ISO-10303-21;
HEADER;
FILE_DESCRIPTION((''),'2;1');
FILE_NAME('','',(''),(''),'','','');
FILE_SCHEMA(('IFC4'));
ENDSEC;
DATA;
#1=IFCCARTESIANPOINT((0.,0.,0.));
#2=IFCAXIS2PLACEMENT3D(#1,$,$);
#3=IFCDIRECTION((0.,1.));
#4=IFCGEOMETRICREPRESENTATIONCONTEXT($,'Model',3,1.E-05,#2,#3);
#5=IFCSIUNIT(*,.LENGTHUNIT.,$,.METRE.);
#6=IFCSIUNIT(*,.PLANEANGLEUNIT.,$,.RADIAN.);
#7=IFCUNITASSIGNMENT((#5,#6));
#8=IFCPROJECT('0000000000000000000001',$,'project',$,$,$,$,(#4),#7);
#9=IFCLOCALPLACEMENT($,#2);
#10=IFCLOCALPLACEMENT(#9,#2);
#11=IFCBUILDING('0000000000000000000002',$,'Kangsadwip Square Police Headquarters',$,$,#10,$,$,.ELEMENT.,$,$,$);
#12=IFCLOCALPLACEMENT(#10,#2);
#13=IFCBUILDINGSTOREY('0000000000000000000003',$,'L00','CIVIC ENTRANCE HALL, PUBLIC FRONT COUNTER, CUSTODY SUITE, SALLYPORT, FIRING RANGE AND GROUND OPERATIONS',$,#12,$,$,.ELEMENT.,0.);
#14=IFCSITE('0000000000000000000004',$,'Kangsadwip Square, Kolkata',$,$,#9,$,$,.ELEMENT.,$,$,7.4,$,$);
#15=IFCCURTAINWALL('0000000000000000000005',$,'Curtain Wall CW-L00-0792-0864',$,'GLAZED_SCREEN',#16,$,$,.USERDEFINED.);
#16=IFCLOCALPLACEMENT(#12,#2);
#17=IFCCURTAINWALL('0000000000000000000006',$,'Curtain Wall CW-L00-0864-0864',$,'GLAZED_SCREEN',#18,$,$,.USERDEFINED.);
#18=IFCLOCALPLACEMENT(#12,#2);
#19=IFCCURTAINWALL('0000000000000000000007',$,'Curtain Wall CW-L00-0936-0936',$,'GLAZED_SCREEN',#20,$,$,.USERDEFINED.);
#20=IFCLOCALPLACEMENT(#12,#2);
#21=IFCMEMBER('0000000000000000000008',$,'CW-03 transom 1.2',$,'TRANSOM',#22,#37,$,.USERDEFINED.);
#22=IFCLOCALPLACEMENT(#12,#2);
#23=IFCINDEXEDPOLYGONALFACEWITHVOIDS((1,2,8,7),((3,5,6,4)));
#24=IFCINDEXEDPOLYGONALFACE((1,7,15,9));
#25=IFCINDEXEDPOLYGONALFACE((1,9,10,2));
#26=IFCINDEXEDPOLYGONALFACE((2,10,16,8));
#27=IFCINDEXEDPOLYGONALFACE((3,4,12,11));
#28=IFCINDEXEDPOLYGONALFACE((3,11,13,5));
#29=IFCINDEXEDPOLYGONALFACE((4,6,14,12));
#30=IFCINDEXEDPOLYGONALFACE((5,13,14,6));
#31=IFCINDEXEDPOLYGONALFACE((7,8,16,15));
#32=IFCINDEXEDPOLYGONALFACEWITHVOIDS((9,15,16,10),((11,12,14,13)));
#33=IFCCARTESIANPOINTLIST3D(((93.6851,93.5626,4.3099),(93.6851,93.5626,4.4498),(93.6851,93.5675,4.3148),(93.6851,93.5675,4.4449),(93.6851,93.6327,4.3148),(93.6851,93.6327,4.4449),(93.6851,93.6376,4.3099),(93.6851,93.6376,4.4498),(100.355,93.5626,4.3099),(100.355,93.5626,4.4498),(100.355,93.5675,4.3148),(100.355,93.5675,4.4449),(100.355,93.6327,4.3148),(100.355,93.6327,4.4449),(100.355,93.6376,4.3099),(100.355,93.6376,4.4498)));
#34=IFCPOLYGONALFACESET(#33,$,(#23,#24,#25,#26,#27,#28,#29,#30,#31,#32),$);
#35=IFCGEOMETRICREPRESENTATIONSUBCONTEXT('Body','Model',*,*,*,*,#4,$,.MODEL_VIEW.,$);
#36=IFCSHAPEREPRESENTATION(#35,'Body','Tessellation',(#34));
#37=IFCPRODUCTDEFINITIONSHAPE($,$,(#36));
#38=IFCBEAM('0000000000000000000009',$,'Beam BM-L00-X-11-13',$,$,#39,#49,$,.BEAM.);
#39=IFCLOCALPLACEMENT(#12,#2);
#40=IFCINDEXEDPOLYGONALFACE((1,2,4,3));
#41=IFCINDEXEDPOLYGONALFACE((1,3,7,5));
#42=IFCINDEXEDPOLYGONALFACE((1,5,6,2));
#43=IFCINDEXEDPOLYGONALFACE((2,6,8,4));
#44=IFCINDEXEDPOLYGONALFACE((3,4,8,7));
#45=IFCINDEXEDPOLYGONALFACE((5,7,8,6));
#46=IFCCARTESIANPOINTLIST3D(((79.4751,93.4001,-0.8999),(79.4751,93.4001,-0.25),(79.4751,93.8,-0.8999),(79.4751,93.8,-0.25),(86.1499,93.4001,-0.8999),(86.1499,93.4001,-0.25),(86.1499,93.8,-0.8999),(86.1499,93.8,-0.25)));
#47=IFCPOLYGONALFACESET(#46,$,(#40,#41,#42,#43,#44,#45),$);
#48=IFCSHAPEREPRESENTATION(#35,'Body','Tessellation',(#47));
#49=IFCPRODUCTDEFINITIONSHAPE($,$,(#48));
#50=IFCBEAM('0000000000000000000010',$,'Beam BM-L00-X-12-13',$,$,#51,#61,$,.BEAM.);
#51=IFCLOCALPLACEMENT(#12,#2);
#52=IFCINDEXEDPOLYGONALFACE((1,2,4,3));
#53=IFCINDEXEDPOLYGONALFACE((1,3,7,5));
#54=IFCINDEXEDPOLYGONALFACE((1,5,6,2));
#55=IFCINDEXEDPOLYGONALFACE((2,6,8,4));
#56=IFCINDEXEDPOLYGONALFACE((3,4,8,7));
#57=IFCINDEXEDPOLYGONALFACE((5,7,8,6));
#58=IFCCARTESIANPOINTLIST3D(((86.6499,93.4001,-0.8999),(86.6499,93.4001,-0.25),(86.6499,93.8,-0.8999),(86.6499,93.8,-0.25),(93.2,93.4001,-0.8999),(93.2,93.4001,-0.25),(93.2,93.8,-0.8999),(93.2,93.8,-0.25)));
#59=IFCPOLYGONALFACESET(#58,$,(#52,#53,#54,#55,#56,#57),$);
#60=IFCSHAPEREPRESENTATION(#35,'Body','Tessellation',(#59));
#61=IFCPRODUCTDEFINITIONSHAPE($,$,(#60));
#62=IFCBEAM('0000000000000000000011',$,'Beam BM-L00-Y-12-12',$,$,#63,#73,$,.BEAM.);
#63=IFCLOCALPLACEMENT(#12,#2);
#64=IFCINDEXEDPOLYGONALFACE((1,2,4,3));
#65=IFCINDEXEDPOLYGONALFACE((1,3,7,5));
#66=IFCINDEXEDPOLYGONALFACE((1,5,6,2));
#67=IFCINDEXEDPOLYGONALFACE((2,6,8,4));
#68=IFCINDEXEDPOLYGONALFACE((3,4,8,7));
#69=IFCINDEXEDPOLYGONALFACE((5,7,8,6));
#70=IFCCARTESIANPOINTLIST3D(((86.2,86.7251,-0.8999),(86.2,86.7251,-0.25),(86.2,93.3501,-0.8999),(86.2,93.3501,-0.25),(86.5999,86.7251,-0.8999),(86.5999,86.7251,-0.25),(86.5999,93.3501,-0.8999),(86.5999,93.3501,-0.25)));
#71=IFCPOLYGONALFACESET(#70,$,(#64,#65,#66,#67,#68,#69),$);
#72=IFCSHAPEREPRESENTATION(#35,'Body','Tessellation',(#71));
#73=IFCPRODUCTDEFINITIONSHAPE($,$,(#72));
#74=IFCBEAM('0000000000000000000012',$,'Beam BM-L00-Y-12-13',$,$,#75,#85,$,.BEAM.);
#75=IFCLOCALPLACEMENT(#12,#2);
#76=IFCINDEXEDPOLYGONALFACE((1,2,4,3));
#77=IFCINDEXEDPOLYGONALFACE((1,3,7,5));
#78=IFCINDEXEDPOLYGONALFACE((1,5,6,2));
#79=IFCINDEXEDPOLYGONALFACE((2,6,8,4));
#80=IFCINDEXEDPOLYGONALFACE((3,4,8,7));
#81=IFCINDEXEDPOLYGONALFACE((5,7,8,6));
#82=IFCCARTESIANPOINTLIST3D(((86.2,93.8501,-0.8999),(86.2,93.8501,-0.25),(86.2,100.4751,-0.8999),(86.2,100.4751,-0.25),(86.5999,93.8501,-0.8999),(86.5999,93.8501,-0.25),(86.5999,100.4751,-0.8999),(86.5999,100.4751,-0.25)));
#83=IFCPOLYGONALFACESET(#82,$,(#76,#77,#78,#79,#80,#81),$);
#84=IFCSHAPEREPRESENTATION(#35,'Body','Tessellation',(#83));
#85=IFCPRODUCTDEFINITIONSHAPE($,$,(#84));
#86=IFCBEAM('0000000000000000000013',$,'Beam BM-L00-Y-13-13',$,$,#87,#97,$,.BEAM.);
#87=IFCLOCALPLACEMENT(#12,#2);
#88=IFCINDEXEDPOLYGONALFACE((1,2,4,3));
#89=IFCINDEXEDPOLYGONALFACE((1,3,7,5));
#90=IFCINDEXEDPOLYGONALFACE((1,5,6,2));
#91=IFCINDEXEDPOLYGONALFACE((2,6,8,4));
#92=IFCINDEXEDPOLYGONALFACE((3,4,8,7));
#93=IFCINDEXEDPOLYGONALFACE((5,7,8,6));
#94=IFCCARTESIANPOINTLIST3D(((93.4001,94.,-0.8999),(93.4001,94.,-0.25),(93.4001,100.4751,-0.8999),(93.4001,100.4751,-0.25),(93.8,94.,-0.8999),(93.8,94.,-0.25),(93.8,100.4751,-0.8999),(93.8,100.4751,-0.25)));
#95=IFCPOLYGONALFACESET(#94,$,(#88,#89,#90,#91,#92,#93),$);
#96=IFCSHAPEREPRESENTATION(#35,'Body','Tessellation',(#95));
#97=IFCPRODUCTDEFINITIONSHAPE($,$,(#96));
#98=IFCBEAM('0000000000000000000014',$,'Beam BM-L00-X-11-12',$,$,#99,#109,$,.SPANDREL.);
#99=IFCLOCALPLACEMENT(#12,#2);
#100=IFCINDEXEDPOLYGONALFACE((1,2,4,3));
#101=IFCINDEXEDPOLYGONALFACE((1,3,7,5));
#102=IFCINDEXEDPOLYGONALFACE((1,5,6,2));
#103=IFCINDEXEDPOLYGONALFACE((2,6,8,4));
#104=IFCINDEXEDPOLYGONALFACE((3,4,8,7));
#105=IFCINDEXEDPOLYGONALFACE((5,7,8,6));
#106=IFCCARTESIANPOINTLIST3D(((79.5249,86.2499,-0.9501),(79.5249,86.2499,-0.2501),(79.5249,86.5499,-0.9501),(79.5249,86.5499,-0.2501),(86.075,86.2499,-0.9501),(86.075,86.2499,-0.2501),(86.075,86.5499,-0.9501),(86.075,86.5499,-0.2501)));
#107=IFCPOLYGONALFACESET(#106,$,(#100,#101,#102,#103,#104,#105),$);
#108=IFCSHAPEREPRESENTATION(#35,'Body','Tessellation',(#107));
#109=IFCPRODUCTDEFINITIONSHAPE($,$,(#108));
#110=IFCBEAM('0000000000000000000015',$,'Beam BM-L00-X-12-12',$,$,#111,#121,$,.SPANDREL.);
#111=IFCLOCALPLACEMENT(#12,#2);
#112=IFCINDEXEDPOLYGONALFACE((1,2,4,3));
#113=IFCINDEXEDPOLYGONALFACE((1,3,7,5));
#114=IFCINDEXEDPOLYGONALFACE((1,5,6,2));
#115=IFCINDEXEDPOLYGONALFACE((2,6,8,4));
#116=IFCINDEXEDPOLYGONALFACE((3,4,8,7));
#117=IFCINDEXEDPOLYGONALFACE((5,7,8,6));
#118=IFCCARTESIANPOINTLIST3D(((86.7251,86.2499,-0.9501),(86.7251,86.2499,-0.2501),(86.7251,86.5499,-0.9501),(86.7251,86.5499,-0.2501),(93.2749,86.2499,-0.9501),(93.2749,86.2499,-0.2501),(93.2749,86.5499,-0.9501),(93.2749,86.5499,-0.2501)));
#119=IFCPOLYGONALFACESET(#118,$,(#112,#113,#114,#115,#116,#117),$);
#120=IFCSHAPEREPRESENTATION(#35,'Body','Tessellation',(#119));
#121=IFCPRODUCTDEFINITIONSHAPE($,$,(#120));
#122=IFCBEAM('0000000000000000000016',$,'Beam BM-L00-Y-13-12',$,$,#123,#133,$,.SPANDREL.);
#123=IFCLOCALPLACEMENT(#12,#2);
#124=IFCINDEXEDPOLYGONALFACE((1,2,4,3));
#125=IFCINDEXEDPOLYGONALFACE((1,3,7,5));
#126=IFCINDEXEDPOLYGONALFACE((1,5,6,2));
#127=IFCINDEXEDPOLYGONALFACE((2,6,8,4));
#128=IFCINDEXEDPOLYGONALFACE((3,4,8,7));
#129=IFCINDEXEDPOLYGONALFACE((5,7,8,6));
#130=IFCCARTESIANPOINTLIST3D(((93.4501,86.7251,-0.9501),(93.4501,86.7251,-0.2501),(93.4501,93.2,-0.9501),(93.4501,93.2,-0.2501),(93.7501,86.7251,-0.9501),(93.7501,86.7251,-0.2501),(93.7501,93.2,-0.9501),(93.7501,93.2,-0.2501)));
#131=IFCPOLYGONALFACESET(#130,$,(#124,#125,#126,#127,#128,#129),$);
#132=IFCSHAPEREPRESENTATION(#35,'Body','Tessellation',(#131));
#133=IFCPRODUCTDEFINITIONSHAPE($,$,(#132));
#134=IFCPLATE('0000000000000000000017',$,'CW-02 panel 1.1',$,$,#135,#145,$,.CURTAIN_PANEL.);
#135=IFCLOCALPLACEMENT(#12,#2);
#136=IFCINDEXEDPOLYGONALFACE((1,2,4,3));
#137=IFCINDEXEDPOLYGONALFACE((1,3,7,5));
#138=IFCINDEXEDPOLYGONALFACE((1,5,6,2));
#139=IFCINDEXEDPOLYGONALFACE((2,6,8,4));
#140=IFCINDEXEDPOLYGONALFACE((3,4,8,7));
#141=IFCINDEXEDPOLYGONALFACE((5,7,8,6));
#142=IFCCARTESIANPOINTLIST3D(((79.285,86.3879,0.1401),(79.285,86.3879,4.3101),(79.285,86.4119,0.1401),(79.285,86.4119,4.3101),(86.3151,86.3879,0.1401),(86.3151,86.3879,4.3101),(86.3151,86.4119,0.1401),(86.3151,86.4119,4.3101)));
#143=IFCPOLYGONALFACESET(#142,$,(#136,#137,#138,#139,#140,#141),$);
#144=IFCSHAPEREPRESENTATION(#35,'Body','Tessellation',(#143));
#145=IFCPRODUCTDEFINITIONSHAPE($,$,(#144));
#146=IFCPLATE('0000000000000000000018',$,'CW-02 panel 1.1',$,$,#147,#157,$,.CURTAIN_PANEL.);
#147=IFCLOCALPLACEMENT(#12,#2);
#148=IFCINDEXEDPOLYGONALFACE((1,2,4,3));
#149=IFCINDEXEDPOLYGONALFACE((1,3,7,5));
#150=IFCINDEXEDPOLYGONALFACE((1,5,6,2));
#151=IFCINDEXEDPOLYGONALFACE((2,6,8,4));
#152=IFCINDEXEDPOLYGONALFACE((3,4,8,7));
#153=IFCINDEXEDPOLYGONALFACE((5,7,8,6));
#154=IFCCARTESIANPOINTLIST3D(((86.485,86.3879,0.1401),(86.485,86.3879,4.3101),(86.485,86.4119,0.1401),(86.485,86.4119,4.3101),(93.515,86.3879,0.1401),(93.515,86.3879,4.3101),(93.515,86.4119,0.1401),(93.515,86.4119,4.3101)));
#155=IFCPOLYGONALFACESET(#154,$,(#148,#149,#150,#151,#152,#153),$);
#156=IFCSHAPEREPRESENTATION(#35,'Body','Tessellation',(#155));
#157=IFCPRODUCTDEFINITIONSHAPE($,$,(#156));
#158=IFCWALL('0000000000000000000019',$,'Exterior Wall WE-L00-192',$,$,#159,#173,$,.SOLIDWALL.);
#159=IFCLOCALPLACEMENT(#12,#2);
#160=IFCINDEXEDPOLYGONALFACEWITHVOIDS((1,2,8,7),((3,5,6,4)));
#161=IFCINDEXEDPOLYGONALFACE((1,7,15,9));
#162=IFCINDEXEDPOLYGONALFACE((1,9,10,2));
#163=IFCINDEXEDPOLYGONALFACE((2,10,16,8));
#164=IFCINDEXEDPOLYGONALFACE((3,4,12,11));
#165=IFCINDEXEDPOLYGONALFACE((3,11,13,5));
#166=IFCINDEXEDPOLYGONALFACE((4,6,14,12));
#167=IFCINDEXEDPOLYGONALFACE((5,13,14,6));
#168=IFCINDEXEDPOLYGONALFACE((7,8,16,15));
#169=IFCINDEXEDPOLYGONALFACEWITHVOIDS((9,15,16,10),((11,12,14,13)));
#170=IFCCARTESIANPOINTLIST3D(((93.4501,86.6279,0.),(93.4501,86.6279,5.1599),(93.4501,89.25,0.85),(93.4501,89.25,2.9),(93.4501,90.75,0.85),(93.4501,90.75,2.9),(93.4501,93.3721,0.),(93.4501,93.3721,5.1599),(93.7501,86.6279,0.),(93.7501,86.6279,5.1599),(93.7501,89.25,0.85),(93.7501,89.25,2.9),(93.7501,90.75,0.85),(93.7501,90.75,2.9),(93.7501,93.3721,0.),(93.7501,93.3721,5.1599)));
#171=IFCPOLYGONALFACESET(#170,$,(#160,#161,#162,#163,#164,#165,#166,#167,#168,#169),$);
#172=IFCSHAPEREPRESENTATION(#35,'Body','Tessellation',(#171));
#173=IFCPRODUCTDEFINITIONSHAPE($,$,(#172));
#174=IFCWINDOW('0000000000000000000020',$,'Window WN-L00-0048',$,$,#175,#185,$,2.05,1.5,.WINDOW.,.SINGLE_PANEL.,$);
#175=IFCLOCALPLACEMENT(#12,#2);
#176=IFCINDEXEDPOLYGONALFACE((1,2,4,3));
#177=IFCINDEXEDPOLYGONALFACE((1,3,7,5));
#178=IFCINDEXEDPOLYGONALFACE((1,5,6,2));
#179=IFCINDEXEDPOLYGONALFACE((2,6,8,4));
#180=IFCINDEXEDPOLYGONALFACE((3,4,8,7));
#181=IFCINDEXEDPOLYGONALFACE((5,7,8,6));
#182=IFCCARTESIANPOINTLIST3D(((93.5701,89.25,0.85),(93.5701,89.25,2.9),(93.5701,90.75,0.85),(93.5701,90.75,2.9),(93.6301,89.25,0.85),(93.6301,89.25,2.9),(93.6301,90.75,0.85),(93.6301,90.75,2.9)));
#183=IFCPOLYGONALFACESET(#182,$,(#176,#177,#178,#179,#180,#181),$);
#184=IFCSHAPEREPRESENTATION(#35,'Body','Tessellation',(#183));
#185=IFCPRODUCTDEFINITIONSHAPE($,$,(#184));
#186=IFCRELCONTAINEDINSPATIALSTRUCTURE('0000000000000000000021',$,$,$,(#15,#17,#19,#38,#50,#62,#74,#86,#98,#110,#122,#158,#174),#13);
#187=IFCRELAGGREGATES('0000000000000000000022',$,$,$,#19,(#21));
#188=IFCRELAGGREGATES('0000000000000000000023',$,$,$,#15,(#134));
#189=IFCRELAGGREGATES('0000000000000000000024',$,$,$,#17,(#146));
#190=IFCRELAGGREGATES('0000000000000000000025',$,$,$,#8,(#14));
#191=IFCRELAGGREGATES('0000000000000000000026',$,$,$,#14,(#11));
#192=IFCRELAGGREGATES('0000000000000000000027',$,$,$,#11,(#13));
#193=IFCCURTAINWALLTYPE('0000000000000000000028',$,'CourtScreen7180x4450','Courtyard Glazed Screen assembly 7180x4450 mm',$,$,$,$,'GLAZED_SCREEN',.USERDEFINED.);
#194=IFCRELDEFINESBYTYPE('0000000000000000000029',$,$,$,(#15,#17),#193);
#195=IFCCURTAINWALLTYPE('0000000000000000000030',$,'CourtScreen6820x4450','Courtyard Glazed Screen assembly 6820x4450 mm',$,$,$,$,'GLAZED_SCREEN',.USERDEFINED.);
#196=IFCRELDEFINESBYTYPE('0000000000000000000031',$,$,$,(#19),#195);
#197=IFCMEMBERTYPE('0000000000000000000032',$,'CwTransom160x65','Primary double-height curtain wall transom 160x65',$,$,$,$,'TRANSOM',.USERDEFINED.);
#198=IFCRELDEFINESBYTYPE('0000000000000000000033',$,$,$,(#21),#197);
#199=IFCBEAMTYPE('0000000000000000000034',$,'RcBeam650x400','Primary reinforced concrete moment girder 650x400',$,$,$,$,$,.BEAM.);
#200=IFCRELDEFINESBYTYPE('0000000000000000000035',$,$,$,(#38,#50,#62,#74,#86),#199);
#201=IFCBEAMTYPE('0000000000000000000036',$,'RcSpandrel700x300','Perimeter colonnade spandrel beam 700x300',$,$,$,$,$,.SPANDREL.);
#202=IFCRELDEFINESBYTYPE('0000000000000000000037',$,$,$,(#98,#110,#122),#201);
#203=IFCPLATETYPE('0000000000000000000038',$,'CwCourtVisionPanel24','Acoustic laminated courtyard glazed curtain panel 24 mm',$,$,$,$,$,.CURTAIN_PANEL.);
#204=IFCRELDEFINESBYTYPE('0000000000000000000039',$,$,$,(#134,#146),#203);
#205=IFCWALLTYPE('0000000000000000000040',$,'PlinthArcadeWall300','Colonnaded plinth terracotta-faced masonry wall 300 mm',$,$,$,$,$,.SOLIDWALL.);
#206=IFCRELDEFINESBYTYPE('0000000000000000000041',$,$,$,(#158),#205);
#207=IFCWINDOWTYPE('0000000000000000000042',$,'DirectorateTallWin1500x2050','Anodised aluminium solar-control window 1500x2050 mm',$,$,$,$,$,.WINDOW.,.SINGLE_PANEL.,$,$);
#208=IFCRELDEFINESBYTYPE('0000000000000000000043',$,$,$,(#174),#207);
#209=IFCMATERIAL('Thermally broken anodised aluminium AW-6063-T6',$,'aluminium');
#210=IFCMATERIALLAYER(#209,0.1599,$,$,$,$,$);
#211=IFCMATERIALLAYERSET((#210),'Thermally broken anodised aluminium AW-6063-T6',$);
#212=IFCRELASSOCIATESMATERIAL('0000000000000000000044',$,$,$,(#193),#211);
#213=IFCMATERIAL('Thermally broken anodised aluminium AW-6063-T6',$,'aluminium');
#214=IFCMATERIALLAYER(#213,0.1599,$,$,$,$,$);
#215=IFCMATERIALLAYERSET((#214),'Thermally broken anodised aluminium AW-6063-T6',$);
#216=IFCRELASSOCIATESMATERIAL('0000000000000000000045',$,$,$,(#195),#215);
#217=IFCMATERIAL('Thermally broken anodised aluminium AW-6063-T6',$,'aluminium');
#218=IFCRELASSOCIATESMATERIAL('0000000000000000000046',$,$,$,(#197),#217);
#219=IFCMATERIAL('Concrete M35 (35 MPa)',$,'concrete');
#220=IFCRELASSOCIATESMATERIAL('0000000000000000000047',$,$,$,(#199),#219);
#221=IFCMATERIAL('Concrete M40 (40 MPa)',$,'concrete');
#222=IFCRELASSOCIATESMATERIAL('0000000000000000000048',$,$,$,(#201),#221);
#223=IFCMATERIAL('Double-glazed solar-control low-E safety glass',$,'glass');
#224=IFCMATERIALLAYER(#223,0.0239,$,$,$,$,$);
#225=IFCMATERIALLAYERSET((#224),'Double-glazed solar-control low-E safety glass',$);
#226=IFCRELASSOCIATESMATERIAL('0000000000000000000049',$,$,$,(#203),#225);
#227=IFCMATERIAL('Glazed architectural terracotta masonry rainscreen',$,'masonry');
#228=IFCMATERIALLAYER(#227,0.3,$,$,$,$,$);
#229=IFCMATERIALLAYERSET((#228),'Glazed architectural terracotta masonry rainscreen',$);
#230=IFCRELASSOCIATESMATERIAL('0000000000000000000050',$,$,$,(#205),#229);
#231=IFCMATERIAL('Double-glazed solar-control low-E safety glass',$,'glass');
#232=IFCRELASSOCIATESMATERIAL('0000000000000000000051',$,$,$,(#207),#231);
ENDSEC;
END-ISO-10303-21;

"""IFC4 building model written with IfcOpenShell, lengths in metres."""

from ifc_helpers import new_model, si_unit, direction, frame, frame_2d, origin, origin_2d, place, context, subcontext, project, spatial, rectangle, hollow_rectangle, extrude, material, layer, layer_set, material_profile, profile_set, type_object, element, fill, aggregate, save


model = new_model("IFC4")

# Units and contexts
model_context = context("Model", 3, precision=1e-05, world=origin(), true_north=direction((0.0, 1.0)))
body_context = subcontext(model_context, "Body", "Model", "MODEL_VIEW")
ifc_project = project(units=[si_unit("LENGTHUNIT", "METRE"), si_unit("PLANEANGLEUNIT", "RADIAN")], contexts=[model_context])

# Site, building, storey
site_placement = place(None, origin())
site = spatial("IfcSite", under=ifc_project, at=site_placement, Name="Kangsadwip Square, Kolkata", CompositionType="ELEMENT", RefElevation=7.4)
building_placement = place(site_placement, origin())
building = spatial("IfcBuilding", under=site, at=building_placement, Name="Kangsadwip Square Police Headquarters", CompositionType="ELEMENT")
storey_placement = place(building_placement, origin())
storey = spatial("IfcBuildingStorey", under=building, at=storey_placement, Name="L00", Description="CIVIC ENTRANCE HALL, PUBLIC FRONT COUNTER, CUSTODY SUITE, SALLYPORT, FIRING RANGE AND GROUND OPERATIONS", CompositionType="ELEMENT", Elevation=0.0)

# Curtain wall
ifc_material_1 = material(Name="Thermally broken anodised aluminium AW-6063-T6", Category="aluminium")
ifc_layer_1 = layer(ifc_material_1, 0.1599)
ifc_layer_set_1 = layer_set([ifc_layer_1], Name="Thermally broken anodised aluminium AW-6063-T6")
curtain_wall_type_1 = type_object("IfcCurtainWallType", Name="CourtScreen7180x4450", Description="Courtyard Glazed Screen assembly 7180x4450 mm", ElementType="GLAZED_SCREEN", PredefinedType="USERDEFINED", material=ifc_layer_set_1)
curtain_wall_1_placement = place(storey_placement, origin())
curtain_wall_1 = element("IfcCurtainWall", 1, at=curtain_wall_1_placement, inside=storey, type_object=curtain_wall_type_1, Name="Curtain Wall CW-L00-0792-0864", ObjectType="GLAZED_SCREEN", PredefinedType="USERDEFINED")

# Curtain wall
curtain_wall_2_placement = place(storey_placement, origin())
curtain_wall_2 = element("IfcCurtainWall", 2, at=curtain_wall_2_placement, inside=storey, type_object=curtain_wall_type_1, Name="Curtain Wall CW-L00-0864-0864", ObjectType="GLAZED_SCREEN", PredefinedType="USERDEFINED")

# Curtain wall
ifc_material_2 = material(Name="Thermally broken anodised aluminium AW-6063-T6", Category="aluminium")
ifc_layer_2 = layer(ifc_material_2, 0.1599)
ifc_layer_set_2 = layer_set([ifc_layer_2], Name="Thermally broken anodised aluminium AW-6063-T6")
curtain_wall_type_2 = type_object("IfcCurtainWallType", Name="CourtScreen6820x4450", Description="Courtyard Glazed Screen assembly 6820x4450 mm", ElementType="GLAZED_SCREEN", PredefinedType="USERDEFINED", material=ifc_layer_set_2)
curtain_wall_3_placement = place(storey_placement, origin())
curtain_wall_3 = element("IfcCurtainWall", 3, at=curtain_wall_3_placement, inside=storey, type_object=curtain_wall_type_2, Name="Curtain Wall CW-L00-0936-0936", ObjectType="GLAZED_SCREEN", PredefinedType="USERDEFINED")

# Member
ifc_material_3 = material(Name="Thermally broken anodised aluminium AW-6063-T6", Category="aluminium")
ifc_material_profile_1 = material_profile(ifc_material_3, hollow_rectangle(XDim=0.075, YDim=0.1399, WallThickness=0.0049, at=origin_2d()), Name="CWT 140X75X5")
ifc_profile_set_1 = profile_set([ifc_material_profile_1], Name="Thermally broken anodised aluminium AW-6063-T6")
member_type_1 = type_object("IfcMemberType", Name="CwTransom160x65", Description="Primary double-height curtain wall transom 160x65", ElementType="TRANSOM", PredefinedType="USERDEFINED", material=ifc_profile_set_1)
member_1_placement = place(storey_placement, frame((93.6851, 93.6001, 4.3799), z_axis=(1.0, 0.0, 0.0), x_axis=(0.0, 1.0, 0.0)))
member_1 = element("IfcMember", 4, at=member_1_placement, type_object=member_type_1, Name="CW-03 transom 1.2", ObjectType="TRANSOM", PredefinedType="USERDEFINED", context=body_context, shape_type="SweptSolid", body=[
    extrude(hollow_rectangle(XDim=0.075, YDim=0.1399, WallThickness=0.0049, at=origin_2d()), origin(), (0.0, 0.0, 1.0), 6.6699),
])
aggregate(curtain_wall_3, [member_1])

# Beams
ifc_material_4 = material(Name="Concrete M35 (35 MPa)", Category="concrete")
ifc_material_profile_2 = material_profile(ifc_material_4, rectangle(XDim=0.3999, YDim=0.6499, at=origin_2d()), Name="RC BM 650X400")
ifc_profile_set_2 = profile_set([ifc_material_profile_2], Name="Concrete M35 (35 MPa)")
beam_type_1 = type_object("IfcBeamType", Name="RcBeam650x400", Description="Primary reinforced concrete moment girder 650x400", PredefinedType="BEAM", material=ifc_profile_set_2)
beam_1_placement = place(storey_placement, frame((79.4751, 93.6001, -0.575), z_axis=(1.0, 0.0, 0.0), x_axis=(0.0, 1.0, 0.0)))
element("IfcBeam", 5, at=beam_1_placement, inside=storey, type_object=beam_type_1, Name="Beam BM-L00-X-11-13", PredefinedType="BEAM", context=body_context, shape_type="SweptSolid", body=[
    extrude(rectangle(XDim=0.3999, YDim=0.6499, at=origin_2d()), origin(), (0.0, 0.0, 1.0), 6.6748),
])
beam_2_placement = place(storey_placement, frame((86.6499, 93.6001, -0.575), z_axis=(1.0, 0.0, 0.0), x_axis=(0.0, 1.0, 0.0)))
element("IfcBeam", 6, at=beam_2_placement, inside=storey, type_object=beam_type_1, Name="Beam BM-L00-X-12-13", PredefinedType="BEAM", context=body_context, shape_type="SweptSolid", body=[
    extrude(rectangle(XDim=0.3999, YDim=0.6499, at=origin_2d()), origin(), (0.0, 0.0, 1.0), 6.55),
])
for number, where, z_axis, x_axis, name in (
    (7, (86.3999, 86.7251, -0.575), (0.0, 1.0, 0.0), (-1.0, 0.0, 0.0), "Beam BM-L00-Y-12-12"),
    (8, (86.3999, 93.8501, -0.575), (0.0, 1.0, 0.0), (-1.0, 0.0, 0.0), "Beam BM-L00-Y-12-13"),
):
    element("IfcBeam", number, at=place(storey_placement, frame(where, z_axis=z_axis, x_axis=x_axis)), inside=storey, type_object=beam_type_1, Name=name, PredefinedType="BEAM", context=body_context, shape_type="SweptSolid", body=[
        extrude(rectangle(XDim=0.3999, YDim=0.6499, at=origin_2d()), origin(), (0.0, 0.0, 1.0), 6.625),
    ])
beam_3_placement = place(storey_placement, frame((93.6001, 94.0, -0.575), z_axis=(0.0, 1.0, 0.0), x_axis=(-1.0, 0.0, 0.0)))
element("IfcBeam", 9, at=beam_3_placement, inside=storey, type_object=beam_type_1, Name="Beam BM-L00-Y-13-13", PredefinedType="BEAM", context=body_context, shape_type="SweptSolid", body=[
    extrude(rectangle(XDim=0.3999, YDim=0.6499, at=origin_2d()), origin(), (0.0, 0.0, 1.0), 6.4751),
])
ifc_material_5 = material(Name="Concrete M40 (40 MPa)", Category="concrete")
ifc_material_profile_3 = material_profile(ifc_material_5, rectangle(XDim=0.3, YDim=0.7, at=origin_2d()), Name="RC SPN 700X300")
ifc_profile_set_3 = profile_set([ifc_material_profile_3], Name="Concrete M40 (40 MPa)")
beam_type_2 = type_object("IfcBeamType", Name="RcSpandrel700x300", Description="Perimeter colonnade spandrel beam 700x300", PredefinedType="SPANDREL", material=ifc_profile_set_3)
beam_4_placement = place(storey_placement, frame((79.5249, 86.3999, -0.6001), z_axis=(1.0, 0.0, 0.0), x_axis=(0.0, 1.0, 0.0)))
element("IfcBeam", 10, at=beam_4_placement, inside=storey, type_object=beam_type_2, Name="Beam BM-L00-X-11-12", PredefinedType="SPANDREL", context=body_context, shape_type="SweptSolid", body=[
    extrude(rectangle(XDim=0.3, YDim=0.7, at=origin_2d()), origin(), (0.0, 0.0, 1.0), 6.55),
])
beam_5_placement = place(storey_placement, frame((86.7251, 86.3999, -0.6001), z_axis=(1.0, 0.0, 0.0), x_axis=(0.0, 1.0, 0.0)))
element("IfcBeam", 11, at=beam_5_placement, inside=storey, type_object=beam_type_2, Name="Beam BM-L00-X-12-12", PredefinedType="SPANDREL", context=body_context, shape_type="SweptSolid", body=[
    extrude(rectangle(XDim=0.3, YDim=0.7, at=origin_2d()), origin(), (0.0, 0.0, 1.0), 6.5498),
])
beam_6_placement = place(storey_placement, frame((93.6001, 86.7251, -0.6001), z_axis=(0.0, 1.0, 0.0), x_axis=(-1.0, 0.0, 0.0)))
element("IfcBeam", 12, at=beam_6_placement, inside=storey, type_object=beam_type_2, Name="Beam BM-L00-Y-13-12", PredefinedType="SPANDREL", context=body_context, shape_type="SweptSolid", body=[
    extrude(rectangle(XDim=0.3, YDim=0.7, at=origin_2d()), origin(), (0.0, 0.0, 1.0), 6.4749),
])

# Plates
ifc_material_6 = material(Name="Double-glazed solar-control low-E safety glass", Category="glass")
ifc_layer_3 = layer(ifc_material_6, 0.0239)
ifc_layer_set_3 = layer_set([ifc_layer_3], Name="Double-glazed solar-control low-E safety glass")
plate_type = type_object("IfcPlateType", Name="CwCourtVisionPanel24", Description="Acoustic laminated courtyard glazed curtain panel 24 mm", PredefinedType="CURTAIN_PANEL", material=ifc_layer_set_3)
plate_1_placement = place(storey_placement, frame((82.8, 86.3999, 0.1401), z_axis=(0.0, 0.0, 1.0), x_axis=(1.0, 0.0, 0.0)))
plate_1 = element("IfcPlate", 13, at=plate_1_placement, type_object=plate_type, Name="CW-02 panel 1.1", PredefinedType="CURTAIN_PANEL", context=body_context, shape_type="SweptSolid", body=[
    extrude(rectangle(XDim=7.03, YDim=0.0239, at=origin_2d()), origin(), (0.0, 0.0, 1.0), 4.1699),
])
aggregate(curtain_wall_1, [plate_1])
plate_2_placement = place(storey_placement, frame((90.0, 86.3999, 0.1401), z_axis=(0.0, 0.0, 1.0), x_axis=(1.0, 0.0, 0.0)))
plate_2 = element("IfcPlate", 14, at=plate_2_placement, type_object=plate_type, Name="CW-02 panel 1.1", PredefinedType="CURTAIN_PANEL", context=body_context, shape_type="SweptSolid", body=[
    extrude(rectangle(XDim=7.03, YDim=0.0239, at=origin_2d()), origin(), (0.0, 0.0, 1.0), 4.1699),
])
aggregate(curtain_wall_2, [plate_2])

# Wall, opening, window
ifc_material_7 = material(Name="Glazed architectural terracotta masonry rainscreen", Category="masonry")
ifc_layer_4 = layer(ifc_material_7, 0.3)
ifc_layer_set_4 = layer_set([ifc_layer_4], Name="Glazed architectural terracotta masonry rainscreen")
wall_type = type_object("IfcWallType", Name="PlinthArcadeWall300", Description="Colonnaded plinth terracotta-faced masonry wall 300 mm", PredefinedType="SOLIDWALL", material=ifc_layer_set_4)
wall_placement = place(storey_placement, frame((93.6001, 86.6279, 0.0), z_axis=(0.0, 0.0, 1.0), x_axis=(0.0, 1.0, 0.0)))
wall = element("IfcWall", 15, at=wall_placement, inside=storey, type_object=wall_type, Name="Exterior Wall WE-L00-192", PredefinedType="SOLIDWALL", context=body_context, shape_type="SweptSolid", body=[
    extrude(rectangle(XDim=6.7441, YDim=0.3, at=frame_2d((3.3721, 0.0))), origin(), (0.0, 0.0, 1.0), 5.1599),
])
opening_placement = place(wall_placement, frame((2.6221, 0.0, 0.8501)))
opening = element("IfcOpeningElement", 16, at=opening_placement, cuts=wall, PredefinedType="OPENING", context=body_context, shape_type="SweptSolid", body=[
    extrude(rectangle(XDim=1.5, YDim=2.05, at=frame_2d((0.75, 1.0249))), frame((0.0, 0.1599, 0.0), z_axis=(0.0, -1.0, 0.0), x_axis=(1.0, 0.0, 0.0)), (0.0, 0.0, 1.0), 0.3201),
])
ifc_material_8 = material(Name="Double-glazed solar-control low-E safety glass", Category="glass")
window_type = type_object("IfcWindowType", Name="DirectorateTallWin1500x2050", Description="Anodised aluminium solar-control window 1500x2050 mm", PartitioningType="SINGLE_PANEL", PredefinedType="WINDOW", material=ifc_material_8)
window_placement = place(opening_placement, origin())
window = element("IfcWindow", 17, at=window_placement, inside=storey, type_object=window_type, Name="Window WN-L00-0048", OverallHeight=2.05, OverallWidth=1.5, PartitioningType="SINGLE_PANEL", PredefinedType="WINDOW", context=body_context, shape_type="SweptSolid", body=[
    extrude(rectangle(XDim=1.5, YDim=2.05, at=frame_2d((0.75, 1.0249))), frame((0.0, 0.03, 0.0), z_axis=(0.0, -1.0, 0.0), x_axis=(1.0, 0.0, 0.0)), (0.0, 0.0, 1.0), 0.0601),
])
fill(opening, window)

save(model, "model.ifc")
